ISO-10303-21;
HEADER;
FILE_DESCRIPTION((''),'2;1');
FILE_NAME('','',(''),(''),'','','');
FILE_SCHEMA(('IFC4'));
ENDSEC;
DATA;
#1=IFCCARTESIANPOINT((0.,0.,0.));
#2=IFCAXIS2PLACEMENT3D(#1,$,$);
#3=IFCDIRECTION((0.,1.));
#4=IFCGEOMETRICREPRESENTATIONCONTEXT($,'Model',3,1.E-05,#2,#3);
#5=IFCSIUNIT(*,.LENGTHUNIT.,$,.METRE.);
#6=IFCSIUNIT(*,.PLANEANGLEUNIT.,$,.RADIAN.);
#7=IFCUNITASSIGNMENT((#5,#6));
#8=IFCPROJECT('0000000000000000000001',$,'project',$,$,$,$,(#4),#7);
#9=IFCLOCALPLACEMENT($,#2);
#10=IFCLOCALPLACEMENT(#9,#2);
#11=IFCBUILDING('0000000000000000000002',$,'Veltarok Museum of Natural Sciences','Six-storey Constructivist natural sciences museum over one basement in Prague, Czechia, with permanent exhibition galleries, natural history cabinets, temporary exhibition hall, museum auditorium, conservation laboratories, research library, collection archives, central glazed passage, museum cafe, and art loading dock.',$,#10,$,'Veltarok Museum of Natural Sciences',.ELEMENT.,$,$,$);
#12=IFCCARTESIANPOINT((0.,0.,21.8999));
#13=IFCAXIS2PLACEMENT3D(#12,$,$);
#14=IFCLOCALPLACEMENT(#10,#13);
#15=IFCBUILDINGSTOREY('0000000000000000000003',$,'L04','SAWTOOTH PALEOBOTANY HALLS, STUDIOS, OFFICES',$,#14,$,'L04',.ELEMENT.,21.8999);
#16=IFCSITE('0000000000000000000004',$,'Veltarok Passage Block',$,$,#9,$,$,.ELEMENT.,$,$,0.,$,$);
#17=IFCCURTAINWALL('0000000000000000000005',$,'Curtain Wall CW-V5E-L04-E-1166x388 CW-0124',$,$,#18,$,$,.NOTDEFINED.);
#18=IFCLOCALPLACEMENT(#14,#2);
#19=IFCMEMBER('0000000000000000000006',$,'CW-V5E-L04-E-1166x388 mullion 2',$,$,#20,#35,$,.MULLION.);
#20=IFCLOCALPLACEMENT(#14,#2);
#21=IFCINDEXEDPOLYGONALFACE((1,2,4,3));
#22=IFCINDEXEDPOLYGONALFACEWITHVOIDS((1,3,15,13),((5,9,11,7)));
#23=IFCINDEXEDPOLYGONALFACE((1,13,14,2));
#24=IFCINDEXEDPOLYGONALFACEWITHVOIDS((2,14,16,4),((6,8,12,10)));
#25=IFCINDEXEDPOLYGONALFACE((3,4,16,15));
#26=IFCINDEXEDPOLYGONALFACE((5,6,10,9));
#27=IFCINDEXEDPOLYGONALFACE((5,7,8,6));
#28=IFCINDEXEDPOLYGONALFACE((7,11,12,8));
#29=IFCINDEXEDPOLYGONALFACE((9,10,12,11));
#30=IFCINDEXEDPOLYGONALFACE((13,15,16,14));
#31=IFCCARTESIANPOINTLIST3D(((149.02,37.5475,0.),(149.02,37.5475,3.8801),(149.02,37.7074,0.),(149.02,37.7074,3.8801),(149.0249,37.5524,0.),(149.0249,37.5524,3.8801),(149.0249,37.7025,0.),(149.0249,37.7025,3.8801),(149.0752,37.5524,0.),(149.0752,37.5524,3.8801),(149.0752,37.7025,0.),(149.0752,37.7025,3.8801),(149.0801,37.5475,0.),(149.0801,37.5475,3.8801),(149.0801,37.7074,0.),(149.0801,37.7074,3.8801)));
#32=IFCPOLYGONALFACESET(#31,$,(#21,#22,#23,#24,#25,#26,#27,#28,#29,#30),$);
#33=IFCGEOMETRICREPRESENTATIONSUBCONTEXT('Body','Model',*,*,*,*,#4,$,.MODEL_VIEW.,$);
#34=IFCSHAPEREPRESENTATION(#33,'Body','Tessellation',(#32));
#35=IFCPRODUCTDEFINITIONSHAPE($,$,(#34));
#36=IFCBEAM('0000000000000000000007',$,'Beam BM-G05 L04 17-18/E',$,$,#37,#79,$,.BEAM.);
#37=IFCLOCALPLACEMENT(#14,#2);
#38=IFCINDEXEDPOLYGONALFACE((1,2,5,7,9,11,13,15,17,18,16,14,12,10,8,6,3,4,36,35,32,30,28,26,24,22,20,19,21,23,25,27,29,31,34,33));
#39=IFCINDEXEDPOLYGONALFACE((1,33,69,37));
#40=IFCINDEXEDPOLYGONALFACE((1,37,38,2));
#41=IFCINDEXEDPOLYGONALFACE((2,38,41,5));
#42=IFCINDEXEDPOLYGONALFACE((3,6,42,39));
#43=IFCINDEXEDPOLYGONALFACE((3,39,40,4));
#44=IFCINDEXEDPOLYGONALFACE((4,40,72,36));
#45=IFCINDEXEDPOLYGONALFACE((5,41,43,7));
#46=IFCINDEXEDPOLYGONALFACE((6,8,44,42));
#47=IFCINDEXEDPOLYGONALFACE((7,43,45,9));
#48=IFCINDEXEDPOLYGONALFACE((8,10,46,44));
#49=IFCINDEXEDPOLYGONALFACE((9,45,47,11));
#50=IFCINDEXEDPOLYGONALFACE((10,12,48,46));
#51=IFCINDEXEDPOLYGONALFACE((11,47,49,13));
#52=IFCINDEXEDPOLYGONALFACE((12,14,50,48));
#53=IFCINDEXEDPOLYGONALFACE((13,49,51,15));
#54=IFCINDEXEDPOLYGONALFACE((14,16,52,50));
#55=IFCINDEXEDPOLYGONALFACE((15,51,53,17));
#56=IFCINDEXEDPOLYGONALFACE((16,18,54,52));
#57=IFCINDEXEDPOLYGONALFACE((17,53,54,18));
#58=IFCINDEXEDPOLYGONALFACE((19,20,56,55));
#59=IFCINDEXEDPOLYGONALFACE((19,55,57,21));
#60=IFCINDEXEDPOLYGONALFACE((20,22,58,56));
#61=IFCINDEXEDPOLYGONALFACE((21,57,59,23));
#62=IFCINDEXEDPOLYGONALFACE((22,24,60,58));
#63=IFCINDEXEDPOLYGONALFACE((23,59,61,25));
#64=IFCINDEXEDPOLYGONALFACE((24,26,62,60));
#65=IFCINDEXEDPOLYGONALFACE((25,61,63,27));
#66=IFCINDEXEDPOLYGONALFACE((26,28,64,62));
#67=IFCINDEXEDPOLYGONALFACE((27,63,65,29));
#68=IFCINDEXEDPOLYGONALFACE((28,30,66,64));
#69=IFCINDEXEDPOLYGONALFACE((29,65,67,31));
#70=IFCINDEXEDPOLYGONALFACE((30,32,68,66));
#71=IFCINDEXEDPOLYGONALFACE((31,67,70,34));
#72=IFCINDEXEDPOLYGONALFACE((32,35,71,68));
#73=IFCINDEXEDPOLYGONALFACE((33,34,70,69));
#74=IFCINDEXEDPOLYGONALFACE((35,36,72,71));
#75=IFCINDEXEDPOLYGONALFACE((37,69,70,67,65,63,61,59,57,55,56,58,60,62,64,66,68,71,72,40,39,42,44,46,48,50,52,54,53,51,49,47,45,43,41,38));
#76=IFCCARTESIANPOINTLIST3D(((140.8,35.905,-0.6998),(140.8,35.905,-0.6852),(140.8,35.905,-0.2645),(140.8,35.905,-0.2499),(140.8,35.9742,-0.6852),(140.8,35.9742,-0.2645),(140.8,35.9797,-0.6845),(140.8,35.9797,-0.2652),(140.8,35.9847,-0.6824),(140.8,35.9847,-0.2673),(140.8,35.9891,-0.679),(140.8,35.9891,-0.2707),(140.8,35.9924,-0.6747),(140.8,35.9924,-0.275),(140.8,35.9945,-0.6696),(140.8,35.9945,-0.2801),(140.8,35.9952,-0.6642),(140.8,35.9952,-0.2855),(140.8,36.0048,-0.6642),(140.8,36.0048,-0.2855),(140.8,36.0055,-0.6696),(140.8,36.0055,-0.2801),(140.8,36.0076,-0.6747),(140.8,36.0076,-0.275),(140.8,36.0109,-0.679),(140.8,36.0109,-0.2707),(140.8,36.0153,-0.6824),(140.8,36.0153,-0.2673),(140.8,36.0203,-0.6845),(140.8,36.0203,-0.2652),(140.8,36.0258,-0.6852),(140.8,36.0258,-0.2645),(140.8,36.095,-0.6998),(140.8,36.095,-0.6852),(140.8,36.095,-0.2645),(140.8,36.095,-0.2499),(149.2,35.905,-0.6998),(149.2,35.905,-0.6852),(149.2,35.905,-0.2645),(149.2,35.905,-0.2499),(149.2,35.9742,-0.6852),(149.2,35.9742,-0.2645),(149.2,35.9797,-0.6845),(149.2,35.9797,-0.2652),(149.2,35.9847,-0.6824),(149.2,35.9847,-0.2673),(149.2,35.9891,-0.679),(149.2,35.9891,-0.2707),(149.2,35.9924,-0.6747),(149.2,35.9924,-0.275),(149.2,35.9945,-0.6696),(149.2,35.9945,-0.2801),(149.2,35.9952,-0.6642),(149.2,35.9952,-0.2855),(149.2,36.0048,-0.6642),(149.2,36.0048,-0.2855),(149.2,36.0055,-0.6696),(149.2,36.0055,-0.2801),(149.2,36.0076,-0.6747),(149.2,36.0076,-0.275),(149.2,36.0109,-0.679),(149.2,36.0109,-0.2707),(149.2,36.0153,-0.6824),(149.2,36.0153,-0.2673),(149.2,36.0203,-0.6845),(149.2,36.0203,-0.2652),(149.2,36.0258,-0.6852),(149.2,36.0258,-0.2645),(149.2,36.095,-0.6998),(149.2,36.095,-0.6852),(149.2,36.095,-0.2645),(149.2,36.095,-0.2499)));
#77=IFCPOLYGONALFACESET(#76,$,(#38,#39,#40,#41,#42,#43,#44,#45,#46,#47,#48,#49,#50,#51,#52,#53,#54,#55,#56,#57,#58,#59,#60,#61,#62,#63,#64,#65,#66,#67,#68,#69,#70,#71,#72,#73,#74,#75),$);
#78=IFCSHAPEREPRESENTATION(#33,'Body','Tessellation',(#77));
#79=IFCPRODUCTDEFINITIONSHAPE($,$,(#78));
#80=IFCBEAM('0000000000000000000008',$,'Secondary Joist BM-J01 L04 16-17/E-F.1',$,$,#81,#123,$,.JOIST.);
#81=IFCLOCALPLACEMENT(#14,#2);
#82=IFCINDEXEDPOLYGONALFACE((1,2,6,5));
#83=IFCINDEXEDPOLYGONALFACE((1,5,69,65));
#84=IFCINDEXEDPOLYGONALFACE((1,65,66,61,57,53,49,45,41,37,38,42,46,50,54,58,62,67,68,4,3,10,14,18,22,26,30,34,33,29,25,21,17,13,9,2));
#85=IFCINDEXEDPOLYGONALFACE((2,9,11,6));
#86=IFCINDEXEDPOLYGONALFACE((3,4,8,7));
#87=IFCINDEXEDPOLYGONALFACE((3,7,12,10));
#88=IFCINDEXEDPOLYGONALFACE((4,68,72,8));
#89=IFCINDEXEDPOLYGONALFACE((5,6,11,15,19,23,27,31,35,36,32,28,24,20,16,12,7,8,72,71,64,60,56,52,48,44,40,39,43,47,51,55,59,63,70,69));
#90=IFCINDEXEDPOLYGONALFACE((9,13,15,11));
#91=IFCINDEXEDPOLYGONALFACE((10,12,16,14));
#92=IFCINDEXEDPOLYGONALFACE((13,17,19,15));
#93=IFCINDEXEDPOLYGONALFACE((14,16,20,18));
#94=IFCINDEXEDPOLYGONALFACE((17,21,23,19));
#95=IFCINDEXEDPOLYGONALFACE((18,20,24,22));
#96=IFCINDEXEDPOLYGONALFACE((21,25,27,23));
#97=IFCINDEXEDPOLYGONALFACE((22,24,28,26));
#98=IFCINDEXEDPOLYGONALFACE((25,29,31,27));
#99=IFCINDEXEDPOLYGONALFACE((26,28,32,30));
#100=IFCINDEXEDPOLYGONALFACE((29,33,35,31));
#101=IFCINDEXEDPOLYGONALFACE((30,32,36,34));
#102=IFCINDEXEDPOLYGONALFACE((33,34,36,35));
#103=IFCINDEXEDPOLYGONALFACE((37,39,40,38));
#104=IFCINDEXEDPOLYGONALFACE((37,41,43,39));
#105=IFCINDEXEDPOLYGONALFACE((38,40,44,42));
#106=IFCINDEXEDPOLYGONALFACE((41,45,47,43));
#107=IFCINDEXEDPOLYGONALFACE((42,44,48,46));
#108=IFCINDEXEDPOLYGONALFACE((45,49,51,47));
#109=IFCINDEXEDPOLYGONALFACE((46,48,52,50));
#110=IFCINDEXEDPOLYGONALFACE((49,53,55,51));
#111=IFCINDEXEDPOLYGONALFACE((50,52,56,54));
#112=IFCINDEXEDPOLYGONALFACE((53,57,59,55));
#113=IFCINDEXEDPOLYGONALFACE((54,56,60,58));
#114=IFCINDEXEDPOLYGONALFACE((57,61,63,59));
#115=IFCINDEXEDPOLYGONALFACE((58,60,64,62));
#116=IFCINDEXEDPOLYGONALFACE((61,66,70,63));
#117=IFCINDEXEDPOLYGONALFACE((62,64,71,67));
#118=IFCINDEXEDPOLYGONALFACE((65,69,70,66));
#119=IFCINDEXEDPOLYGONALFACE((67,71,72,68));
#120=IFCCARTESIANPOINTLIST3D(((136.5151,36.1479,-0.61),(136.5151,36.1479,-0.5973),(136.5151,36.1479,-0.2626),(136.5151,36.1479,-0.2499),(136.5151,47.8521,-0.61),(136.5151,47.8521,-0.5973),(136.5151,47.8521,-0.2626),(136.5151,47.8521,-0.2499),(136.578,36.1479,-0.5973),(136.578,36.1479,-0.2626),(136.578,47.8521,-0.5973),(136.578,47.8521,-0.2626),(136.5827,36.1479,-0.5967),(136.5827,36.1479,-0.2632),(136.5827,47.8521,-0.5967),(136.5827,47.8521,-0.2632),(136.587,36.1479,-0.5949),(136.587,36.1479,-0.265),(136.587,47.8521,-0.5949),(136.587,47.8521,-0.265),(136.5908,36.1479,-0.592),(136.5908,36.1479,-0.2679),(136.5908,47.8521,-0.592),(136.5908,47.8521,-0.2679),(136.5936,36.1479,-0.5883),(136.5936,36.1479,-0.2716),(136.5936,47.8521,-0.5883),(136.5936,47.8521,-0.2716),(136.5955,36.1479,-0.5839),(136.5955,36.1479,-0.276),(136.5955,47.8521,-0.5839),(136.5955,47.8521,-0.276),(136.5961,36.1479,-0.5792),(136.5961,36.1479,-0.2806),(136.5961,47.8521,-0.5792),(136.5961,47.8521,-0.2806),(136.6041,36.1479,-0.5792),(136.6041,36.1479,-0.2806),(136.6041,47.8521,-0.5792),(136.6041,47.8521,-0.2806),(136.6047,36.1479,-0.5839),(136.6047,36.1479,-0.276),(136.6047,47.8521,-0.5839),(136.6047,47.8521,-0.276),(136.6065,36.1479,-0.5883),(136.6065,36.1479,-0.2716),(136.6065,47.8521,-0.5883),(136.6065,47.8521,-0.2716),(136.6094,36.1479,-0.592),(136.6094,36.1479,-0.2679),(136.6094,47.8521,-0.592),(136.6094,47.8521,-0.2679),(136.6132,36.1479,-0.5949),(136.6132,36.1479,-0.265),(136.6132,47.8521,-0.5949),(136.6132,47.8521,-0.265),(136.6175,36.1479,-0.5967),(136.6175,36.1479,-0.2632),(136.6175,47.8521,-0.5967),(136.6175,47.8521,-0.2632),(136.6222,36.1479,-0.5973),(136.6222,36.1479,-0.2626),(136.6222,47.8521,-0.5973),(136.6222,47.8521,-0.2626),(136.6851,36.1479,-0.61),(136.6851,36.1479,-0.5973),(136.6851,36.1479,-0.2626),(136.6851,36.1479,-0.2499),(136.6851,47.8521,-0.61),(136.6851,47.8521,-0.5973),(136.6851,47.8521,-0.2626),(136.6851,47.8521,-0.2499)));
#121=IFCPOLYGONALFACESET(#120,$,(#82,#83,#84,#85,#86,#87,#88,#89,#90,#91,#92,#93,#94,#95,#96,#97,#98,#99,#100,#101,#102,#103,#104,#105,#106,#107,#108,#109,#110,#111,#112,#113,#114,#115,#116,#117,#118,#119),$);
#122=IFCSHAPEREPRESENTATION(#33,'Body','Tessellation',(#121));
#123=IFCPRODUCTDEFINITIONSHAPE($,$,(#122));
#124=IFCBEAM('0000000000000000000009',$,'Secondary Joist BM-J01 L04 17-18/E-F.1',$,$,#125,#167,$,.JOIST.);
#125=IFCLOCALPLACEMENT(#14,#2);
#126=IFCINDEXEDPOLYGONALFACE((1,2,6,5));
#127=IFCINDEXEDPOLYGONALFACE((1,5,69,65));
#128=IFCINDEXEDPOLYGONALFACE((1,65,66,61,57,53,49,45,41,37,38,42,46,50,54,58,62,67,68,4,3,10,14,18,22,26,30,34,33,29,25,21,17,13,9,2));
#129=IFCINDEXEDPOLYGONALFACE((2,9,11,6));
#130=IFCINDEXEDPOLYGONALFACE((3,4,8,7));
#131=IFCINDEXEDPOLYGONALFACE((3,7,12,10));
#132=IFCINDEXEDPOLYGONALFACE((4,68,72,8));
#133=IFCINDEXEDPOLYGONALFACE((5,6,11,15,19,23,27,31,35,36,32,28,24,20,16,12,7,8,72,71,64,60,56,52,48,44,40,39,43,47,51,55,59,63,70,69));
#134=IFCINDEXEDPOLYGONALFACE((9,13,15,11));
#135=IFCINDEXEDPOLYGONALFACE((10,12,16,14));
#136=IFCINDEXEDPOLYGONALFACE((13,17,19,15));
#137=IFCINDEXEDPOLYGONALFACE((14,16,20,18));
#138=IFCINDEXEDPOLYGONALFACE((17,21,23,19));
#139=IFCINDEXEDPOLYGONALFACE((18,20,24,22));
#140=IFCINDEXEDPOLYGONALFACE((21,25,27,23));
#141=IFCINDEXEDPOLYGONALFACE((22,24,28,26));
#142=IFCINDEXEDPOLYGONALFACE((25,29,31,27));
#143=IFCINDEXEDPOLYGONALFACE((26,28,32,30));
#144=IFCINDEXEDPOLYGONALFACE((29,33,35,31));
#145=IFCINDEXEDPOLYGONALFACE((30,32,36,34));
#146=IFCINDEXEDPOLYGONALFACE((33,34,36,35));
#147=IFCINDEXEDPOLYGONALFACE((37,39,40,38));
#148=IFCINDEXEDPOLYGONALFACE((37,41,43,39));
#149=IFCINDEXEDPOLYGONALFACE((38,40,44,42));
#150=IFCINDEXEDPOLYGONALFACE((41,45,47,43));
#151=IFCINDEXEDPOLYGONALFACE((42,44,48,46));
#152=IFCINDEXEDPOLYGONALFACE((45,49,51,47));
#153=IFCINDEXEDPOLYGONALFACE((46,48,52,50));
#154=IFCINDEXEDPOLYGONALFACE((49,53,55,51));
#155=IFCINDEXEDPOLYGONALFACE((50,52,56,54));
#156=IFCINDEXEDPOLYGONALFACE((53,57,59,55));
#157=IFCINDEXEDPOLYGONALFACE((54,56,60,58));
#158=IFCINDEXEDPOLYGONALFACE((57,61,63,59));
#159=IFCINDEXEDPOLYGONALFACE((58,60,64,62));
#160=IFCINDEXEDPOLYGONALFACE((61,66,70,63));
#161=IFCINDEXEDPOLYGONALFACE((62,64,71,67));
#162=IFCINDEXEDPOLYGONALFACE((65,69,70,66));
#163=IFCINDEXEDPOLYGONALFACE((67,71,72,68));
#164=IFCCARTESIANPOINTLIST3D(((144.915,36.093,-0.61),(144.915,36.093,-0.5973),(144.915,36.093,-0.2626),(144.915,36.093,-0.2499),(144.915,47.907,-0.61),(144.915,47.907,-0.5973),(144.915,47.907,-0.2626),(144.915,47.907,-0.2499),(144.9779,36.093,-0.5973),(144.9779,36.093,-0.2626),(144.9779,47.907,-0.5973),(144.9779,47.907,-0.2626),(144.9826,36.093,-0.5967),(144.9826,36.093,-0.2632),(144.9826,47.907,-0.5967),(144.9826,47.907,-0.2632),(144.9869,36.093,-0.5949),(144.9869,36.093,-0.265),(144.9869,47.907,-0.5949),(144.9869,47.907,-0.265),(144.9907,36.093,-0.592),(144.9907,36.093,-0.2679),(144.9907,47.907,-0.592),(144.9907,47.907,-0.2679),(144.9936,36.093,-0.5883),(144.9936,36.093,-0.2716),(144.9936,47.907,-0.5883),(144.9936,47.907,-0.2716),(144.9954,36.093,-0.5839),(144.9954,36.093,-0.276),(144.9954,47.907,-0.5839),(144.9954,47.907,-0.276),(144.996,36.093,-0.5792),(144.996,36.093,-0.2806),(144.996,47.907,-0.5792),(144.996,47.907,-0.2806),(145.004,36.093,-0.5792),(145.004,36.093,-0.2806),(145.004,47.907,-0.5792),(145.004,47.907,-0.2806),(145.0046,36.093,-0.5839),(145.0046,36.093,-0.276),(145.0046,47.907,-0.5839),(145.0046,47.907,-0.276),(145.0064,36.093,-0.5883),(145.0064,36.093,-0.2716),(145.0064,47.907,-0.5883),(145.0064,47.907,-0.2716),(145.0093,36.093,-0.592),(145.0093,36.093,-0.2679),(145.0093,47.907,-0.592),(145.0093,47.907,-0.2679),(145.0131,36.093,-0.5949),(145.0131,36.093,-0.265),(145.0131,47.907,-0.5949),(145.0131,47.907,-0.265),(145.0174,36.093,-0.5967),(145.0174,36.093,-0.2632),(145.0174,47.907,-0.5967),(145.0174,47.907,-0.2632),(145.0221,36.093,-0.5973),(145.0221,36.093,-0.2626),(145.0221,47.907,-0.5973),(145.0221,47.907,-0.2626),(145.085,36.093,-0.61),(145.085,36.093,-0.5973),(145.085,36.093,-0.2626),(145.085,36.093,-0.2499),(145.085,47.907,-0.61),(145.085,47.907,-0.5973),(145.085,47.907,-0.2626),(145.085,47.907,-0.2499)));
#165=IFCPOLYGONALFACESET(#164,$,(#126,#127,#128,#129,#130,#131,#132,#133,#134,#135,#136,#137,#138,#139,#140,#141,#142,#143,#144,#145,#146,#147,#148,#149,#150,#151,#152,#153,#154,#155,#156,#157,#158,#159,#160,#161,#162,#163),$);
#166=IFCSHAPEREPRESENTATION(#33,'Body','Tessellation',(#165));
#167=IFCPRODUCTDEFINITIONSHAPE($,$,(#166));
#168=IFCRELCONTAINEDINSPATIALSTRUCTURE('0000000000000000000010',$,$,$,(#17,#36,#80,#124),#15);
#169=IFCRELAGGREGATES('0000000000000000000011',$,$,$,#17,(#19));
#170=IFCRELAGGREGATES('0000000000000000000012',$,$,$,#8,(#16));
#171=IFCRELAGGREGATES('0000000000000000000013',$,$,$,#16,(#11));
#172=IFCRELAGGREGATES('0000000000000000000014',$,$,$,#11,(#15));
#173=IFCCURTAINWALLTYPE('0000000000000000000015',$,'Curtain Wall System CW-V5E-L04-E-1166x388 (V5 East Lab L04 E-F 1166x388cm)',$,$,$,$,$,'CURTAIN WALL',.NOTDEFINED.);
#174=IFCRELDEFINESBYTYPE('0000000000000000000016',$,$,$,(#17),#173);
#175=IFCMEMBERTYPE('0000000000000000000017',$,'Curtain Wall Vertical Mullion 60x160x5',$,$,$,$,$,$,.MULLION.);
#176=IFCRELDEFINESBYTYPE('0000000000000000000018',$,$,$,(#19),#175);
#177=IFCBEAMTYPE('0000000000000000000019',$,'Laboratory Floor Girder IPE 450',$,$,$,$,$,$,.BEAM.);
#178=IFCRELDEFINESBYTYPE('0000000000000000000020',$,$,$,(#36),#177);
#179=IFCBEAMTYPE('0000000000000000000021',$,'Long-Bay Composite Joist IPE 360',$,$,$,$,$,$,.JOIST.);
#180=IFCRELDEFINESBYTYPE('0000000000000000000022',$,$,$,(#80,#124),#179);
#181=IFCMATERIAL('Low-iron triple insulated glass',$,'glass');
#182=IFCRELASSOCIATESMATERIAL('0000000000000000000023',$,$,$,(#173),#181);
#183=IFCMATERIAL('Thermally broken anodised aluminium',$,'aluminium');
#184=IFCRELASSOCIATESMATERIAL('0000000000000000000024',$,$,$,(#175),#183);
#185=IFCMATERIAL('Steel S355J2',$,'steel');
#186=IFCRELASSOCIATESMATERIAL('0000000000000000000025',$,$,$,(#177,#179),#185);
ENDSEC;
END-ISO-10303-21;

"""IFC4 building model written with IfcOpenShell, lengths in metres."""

from ifc_helpers import new_model, si_unit, direction, frame, origin, origin_2d, place, context, subcontext, project, spatial, hollow_rectangle, i_section, extrude, material, material_profile, profile_set, type_object, element, aggregate, save


model = new_model("IFC4")

# Units and contexts
model_context = context("Model", 3, precision=1e-05, world=origin(), true_north=direction((0.0, 1.0)))
body_context = subcontext(model_context, "Body", "Model", "MODEL_VIEW")
ifc_project = project(units=[si_unit("LENGTHUNIT", "METRE"), si_unit("PLANEANGLEUNIT", "RADIAN")], contexts=[model_context])

# Site, building, storey
site_placement = place(None, origin())
site = spatial("IfcSite", under=ifc_project, at=site_placement, Name="Veltarok Passage Block", CompositionType="ELEMENT", RefElevation=0.0)
building_placement = place(site_placement, origin())
building = spatial("IfcBuilding", under=site, at=building_placement, Name="Veltarok Museum of Natural Sciences", Description="Six-storey Constructivist natural sciences museum over one basement in Prague, Czechia, with permanent exhibition galleries, natural history cabinets, temporary exhibition hall, museum auditorium, conservation laboratories, research library, collection archives, central glazed passage, museum cafe, and art loading dock.", LongName="Veltarok Museum of Natural Sciences", CompositionType="ELEMENT")
storey_placement = place(building_placement, frame((0.0, 0.0, 21.8999)))
storey = spatial("IfcBuildingStorey", under=building, at=storey_placement, Name="L04", Description="SAWTOOTH PALEOBOTANY HALLS, STUDIOS, OFFICES", LongName="L04", CompositionType="ELEMENT", Elevation=21.8999)

# Curtain wall
ifc_material_1 = material(Name="Low-iron triple insulated glass", Category="glass")
curtain_wall_type_1 = type_object("IfcCurtainWallType", Name="Curtain Wall System CW-V5E-L04-E-1166x388 (V5 East Lab L04 E-F 1166x388cm)", ElementType="CURTAIN WALL", PredefinedType="NOTDEFINED", material=ifc_material_1)
curtain_wall_1_placement = place(storey_placement, origin())
curtain_wall_1 = element("IfcCurtainWall", 1, at=curtain_wall_1_placement, inside=storey, type_object=curtain_wall_type_1, Name="Curtain Wall CW-V5E-L04-E-1166x388 CW-0124", PredefinedType="NOTDEFINED")
ifc_material_2 = material(Name="Thermally broken anodised aluminium", Category="aluminium")

# Shared definitions
ifc_material_profile_1 = material_profile(ifc_material_2, hollow_rectangle(XDim=0.0601, YDim=0.1599, WallThickness=0.0049, at=origin_2d()), Name="CW MULLION 60x160x5")
ifc_profile_set_1 = profile_set([ifc_material_profile_1], Name="Thermally broken anodised aluminium")
member_type_1 = type_object("IfcMemberType", Name="Curtain Wall Vertical Mullion 60x160x5", PredefinedType="MULLION", material=ifc_profile_set_1)

# Member
member_1_placement = place(storey_placement, frame((149.05, 37.6274, 0.0), z_axis=(0.0, 0.0, 1.0), x_axis=(-1.0, 0.0, 0.0)))
member_1 = element("IfcMember", 2, at=member_1_placement, type_object=member_type_1, Name="CW-V5E-L04-E-1166x388 mullion 2", PredefinedType="MULLION", context=body_context, shape_type="SweptSolid", body=[
    extrude(hollow_rectangle(XDim=0.0601, YDim=0.1599, WallThickness=0.0049, at=origin_2d()), origin(), (0.0, 0.0, 1.0), 3.8801),
])

# Beams
ifc_material_3 = material(Name="Steel S355J2", Category="steel")
ifc_material_profile_2 = material_profile(ifc_material_3, i_section(OverallWidth=0.1899, OverallDepth=0.45, WebThickness=0.0095, FlangeThickness=0.0146, FilletRadius=0.021, at=origin_2d()), Name="IPE 450")
ifc_profile_set_2 = profile_set([ifc_material_profile_2], Name="Steel S355J2")
beam_type_1 = type_object("IfcBeamType", Name="Laboratory Floor Girder IPE 450", PredefinedType="BEAM", material=ifc_profile_set_2)
beam_1_placement = place(storey_placement, frame((140.8, 36.0, -0.4749), z_axis=(1.0, 0.0, 0.0), x_axis=(0.0, 1.0, 0.0)))
element("IfcBeam", 3, at=beam_1_placement, inside=storey, type_object=beam_type_1, Name="Beam BM-G05 L04 17-18/E", PredefinedType="BEAM", context=body_context, shape_type="SweptSolid", body=[
    extrude(i_section(OverallWidth=0.1899, OverallDepth=0.45, WebThickness=0.0095, FlangeThickness=0.0146, FilletRadius=0.021, at=origin_2d()), origin(), (0.0, 0.0, 1.0), 8.3999),
])
ifc_material_profile_3 = material_profile(ifc_material_3, i_section(OverallWidth=0.1699, OverallDepth=0.3601, WebThickness=0.0081, FlangeThickness=0.0127, FilletRadius=0.0181, at=origin_2d()), Name="IPE 360")
ifc_profile_set_3 = profile_set([ifc_material_profile_3], Name="Steel S355J2")
beam_type_2 = type_object("IfcBeamType", Name="Long-Bay Composite Joist IPE 360", PredefinedType="JOIST", material=ifc_profile_set_3)
beam_2_placement = place(storey_placement, frame((136.6001, 36.1479, -0.4299), z_axis=(0.0, 1.0, 0.0), x_axis=(-1.0, 0.0, 0.0)))
element("IfcBeam", 4, at=beam_2_placement, inside=storey, type_object=beam_type_2, Name="Secondary Joist BM-J01 L04 16-17/E-F.1", PredefinedType="JOIST", context=body_context, shape_type="SweptSolid", body=[
    extrude(i_section(OverallWidth=0.1699, OverallDepth=0.3601, WebThickness=0.0081, FlangeThickness=0.0127, FilletRadius=0.0181, at=origin_2d()), origin(), (0.0, 0.0, 1.0), 11.7041),
])
beam_3_placement = place(storey_placement, frame((145.0, 36.093, -0.4299), z_axis=(0.0, 1.0, 0.0), x_axis=(-1.0, 0.0, 0.0)))
element("IfcBeam", 5, at=beam_3_placement, inside=storey, type_object=beam_type_2, Name="Secondary Joist BM-J01 L04 17-18/E-F.1", PredefinedType="JOIST", context=body_context, shape_type="SweptSolid", body=[
    extrude(i_section(OverallWidth=0.1699, OverallDepth=0.3601, WebThickness=0.0081, FlangeThickness=0.0127, FilletRadius=0.0181, at=origin_2d()), origin(), (0.0, 0.0, 1.0), 11.814),
])

aggregate(curtain_wall_1, [member_1])

save(model, "model.ifc")
